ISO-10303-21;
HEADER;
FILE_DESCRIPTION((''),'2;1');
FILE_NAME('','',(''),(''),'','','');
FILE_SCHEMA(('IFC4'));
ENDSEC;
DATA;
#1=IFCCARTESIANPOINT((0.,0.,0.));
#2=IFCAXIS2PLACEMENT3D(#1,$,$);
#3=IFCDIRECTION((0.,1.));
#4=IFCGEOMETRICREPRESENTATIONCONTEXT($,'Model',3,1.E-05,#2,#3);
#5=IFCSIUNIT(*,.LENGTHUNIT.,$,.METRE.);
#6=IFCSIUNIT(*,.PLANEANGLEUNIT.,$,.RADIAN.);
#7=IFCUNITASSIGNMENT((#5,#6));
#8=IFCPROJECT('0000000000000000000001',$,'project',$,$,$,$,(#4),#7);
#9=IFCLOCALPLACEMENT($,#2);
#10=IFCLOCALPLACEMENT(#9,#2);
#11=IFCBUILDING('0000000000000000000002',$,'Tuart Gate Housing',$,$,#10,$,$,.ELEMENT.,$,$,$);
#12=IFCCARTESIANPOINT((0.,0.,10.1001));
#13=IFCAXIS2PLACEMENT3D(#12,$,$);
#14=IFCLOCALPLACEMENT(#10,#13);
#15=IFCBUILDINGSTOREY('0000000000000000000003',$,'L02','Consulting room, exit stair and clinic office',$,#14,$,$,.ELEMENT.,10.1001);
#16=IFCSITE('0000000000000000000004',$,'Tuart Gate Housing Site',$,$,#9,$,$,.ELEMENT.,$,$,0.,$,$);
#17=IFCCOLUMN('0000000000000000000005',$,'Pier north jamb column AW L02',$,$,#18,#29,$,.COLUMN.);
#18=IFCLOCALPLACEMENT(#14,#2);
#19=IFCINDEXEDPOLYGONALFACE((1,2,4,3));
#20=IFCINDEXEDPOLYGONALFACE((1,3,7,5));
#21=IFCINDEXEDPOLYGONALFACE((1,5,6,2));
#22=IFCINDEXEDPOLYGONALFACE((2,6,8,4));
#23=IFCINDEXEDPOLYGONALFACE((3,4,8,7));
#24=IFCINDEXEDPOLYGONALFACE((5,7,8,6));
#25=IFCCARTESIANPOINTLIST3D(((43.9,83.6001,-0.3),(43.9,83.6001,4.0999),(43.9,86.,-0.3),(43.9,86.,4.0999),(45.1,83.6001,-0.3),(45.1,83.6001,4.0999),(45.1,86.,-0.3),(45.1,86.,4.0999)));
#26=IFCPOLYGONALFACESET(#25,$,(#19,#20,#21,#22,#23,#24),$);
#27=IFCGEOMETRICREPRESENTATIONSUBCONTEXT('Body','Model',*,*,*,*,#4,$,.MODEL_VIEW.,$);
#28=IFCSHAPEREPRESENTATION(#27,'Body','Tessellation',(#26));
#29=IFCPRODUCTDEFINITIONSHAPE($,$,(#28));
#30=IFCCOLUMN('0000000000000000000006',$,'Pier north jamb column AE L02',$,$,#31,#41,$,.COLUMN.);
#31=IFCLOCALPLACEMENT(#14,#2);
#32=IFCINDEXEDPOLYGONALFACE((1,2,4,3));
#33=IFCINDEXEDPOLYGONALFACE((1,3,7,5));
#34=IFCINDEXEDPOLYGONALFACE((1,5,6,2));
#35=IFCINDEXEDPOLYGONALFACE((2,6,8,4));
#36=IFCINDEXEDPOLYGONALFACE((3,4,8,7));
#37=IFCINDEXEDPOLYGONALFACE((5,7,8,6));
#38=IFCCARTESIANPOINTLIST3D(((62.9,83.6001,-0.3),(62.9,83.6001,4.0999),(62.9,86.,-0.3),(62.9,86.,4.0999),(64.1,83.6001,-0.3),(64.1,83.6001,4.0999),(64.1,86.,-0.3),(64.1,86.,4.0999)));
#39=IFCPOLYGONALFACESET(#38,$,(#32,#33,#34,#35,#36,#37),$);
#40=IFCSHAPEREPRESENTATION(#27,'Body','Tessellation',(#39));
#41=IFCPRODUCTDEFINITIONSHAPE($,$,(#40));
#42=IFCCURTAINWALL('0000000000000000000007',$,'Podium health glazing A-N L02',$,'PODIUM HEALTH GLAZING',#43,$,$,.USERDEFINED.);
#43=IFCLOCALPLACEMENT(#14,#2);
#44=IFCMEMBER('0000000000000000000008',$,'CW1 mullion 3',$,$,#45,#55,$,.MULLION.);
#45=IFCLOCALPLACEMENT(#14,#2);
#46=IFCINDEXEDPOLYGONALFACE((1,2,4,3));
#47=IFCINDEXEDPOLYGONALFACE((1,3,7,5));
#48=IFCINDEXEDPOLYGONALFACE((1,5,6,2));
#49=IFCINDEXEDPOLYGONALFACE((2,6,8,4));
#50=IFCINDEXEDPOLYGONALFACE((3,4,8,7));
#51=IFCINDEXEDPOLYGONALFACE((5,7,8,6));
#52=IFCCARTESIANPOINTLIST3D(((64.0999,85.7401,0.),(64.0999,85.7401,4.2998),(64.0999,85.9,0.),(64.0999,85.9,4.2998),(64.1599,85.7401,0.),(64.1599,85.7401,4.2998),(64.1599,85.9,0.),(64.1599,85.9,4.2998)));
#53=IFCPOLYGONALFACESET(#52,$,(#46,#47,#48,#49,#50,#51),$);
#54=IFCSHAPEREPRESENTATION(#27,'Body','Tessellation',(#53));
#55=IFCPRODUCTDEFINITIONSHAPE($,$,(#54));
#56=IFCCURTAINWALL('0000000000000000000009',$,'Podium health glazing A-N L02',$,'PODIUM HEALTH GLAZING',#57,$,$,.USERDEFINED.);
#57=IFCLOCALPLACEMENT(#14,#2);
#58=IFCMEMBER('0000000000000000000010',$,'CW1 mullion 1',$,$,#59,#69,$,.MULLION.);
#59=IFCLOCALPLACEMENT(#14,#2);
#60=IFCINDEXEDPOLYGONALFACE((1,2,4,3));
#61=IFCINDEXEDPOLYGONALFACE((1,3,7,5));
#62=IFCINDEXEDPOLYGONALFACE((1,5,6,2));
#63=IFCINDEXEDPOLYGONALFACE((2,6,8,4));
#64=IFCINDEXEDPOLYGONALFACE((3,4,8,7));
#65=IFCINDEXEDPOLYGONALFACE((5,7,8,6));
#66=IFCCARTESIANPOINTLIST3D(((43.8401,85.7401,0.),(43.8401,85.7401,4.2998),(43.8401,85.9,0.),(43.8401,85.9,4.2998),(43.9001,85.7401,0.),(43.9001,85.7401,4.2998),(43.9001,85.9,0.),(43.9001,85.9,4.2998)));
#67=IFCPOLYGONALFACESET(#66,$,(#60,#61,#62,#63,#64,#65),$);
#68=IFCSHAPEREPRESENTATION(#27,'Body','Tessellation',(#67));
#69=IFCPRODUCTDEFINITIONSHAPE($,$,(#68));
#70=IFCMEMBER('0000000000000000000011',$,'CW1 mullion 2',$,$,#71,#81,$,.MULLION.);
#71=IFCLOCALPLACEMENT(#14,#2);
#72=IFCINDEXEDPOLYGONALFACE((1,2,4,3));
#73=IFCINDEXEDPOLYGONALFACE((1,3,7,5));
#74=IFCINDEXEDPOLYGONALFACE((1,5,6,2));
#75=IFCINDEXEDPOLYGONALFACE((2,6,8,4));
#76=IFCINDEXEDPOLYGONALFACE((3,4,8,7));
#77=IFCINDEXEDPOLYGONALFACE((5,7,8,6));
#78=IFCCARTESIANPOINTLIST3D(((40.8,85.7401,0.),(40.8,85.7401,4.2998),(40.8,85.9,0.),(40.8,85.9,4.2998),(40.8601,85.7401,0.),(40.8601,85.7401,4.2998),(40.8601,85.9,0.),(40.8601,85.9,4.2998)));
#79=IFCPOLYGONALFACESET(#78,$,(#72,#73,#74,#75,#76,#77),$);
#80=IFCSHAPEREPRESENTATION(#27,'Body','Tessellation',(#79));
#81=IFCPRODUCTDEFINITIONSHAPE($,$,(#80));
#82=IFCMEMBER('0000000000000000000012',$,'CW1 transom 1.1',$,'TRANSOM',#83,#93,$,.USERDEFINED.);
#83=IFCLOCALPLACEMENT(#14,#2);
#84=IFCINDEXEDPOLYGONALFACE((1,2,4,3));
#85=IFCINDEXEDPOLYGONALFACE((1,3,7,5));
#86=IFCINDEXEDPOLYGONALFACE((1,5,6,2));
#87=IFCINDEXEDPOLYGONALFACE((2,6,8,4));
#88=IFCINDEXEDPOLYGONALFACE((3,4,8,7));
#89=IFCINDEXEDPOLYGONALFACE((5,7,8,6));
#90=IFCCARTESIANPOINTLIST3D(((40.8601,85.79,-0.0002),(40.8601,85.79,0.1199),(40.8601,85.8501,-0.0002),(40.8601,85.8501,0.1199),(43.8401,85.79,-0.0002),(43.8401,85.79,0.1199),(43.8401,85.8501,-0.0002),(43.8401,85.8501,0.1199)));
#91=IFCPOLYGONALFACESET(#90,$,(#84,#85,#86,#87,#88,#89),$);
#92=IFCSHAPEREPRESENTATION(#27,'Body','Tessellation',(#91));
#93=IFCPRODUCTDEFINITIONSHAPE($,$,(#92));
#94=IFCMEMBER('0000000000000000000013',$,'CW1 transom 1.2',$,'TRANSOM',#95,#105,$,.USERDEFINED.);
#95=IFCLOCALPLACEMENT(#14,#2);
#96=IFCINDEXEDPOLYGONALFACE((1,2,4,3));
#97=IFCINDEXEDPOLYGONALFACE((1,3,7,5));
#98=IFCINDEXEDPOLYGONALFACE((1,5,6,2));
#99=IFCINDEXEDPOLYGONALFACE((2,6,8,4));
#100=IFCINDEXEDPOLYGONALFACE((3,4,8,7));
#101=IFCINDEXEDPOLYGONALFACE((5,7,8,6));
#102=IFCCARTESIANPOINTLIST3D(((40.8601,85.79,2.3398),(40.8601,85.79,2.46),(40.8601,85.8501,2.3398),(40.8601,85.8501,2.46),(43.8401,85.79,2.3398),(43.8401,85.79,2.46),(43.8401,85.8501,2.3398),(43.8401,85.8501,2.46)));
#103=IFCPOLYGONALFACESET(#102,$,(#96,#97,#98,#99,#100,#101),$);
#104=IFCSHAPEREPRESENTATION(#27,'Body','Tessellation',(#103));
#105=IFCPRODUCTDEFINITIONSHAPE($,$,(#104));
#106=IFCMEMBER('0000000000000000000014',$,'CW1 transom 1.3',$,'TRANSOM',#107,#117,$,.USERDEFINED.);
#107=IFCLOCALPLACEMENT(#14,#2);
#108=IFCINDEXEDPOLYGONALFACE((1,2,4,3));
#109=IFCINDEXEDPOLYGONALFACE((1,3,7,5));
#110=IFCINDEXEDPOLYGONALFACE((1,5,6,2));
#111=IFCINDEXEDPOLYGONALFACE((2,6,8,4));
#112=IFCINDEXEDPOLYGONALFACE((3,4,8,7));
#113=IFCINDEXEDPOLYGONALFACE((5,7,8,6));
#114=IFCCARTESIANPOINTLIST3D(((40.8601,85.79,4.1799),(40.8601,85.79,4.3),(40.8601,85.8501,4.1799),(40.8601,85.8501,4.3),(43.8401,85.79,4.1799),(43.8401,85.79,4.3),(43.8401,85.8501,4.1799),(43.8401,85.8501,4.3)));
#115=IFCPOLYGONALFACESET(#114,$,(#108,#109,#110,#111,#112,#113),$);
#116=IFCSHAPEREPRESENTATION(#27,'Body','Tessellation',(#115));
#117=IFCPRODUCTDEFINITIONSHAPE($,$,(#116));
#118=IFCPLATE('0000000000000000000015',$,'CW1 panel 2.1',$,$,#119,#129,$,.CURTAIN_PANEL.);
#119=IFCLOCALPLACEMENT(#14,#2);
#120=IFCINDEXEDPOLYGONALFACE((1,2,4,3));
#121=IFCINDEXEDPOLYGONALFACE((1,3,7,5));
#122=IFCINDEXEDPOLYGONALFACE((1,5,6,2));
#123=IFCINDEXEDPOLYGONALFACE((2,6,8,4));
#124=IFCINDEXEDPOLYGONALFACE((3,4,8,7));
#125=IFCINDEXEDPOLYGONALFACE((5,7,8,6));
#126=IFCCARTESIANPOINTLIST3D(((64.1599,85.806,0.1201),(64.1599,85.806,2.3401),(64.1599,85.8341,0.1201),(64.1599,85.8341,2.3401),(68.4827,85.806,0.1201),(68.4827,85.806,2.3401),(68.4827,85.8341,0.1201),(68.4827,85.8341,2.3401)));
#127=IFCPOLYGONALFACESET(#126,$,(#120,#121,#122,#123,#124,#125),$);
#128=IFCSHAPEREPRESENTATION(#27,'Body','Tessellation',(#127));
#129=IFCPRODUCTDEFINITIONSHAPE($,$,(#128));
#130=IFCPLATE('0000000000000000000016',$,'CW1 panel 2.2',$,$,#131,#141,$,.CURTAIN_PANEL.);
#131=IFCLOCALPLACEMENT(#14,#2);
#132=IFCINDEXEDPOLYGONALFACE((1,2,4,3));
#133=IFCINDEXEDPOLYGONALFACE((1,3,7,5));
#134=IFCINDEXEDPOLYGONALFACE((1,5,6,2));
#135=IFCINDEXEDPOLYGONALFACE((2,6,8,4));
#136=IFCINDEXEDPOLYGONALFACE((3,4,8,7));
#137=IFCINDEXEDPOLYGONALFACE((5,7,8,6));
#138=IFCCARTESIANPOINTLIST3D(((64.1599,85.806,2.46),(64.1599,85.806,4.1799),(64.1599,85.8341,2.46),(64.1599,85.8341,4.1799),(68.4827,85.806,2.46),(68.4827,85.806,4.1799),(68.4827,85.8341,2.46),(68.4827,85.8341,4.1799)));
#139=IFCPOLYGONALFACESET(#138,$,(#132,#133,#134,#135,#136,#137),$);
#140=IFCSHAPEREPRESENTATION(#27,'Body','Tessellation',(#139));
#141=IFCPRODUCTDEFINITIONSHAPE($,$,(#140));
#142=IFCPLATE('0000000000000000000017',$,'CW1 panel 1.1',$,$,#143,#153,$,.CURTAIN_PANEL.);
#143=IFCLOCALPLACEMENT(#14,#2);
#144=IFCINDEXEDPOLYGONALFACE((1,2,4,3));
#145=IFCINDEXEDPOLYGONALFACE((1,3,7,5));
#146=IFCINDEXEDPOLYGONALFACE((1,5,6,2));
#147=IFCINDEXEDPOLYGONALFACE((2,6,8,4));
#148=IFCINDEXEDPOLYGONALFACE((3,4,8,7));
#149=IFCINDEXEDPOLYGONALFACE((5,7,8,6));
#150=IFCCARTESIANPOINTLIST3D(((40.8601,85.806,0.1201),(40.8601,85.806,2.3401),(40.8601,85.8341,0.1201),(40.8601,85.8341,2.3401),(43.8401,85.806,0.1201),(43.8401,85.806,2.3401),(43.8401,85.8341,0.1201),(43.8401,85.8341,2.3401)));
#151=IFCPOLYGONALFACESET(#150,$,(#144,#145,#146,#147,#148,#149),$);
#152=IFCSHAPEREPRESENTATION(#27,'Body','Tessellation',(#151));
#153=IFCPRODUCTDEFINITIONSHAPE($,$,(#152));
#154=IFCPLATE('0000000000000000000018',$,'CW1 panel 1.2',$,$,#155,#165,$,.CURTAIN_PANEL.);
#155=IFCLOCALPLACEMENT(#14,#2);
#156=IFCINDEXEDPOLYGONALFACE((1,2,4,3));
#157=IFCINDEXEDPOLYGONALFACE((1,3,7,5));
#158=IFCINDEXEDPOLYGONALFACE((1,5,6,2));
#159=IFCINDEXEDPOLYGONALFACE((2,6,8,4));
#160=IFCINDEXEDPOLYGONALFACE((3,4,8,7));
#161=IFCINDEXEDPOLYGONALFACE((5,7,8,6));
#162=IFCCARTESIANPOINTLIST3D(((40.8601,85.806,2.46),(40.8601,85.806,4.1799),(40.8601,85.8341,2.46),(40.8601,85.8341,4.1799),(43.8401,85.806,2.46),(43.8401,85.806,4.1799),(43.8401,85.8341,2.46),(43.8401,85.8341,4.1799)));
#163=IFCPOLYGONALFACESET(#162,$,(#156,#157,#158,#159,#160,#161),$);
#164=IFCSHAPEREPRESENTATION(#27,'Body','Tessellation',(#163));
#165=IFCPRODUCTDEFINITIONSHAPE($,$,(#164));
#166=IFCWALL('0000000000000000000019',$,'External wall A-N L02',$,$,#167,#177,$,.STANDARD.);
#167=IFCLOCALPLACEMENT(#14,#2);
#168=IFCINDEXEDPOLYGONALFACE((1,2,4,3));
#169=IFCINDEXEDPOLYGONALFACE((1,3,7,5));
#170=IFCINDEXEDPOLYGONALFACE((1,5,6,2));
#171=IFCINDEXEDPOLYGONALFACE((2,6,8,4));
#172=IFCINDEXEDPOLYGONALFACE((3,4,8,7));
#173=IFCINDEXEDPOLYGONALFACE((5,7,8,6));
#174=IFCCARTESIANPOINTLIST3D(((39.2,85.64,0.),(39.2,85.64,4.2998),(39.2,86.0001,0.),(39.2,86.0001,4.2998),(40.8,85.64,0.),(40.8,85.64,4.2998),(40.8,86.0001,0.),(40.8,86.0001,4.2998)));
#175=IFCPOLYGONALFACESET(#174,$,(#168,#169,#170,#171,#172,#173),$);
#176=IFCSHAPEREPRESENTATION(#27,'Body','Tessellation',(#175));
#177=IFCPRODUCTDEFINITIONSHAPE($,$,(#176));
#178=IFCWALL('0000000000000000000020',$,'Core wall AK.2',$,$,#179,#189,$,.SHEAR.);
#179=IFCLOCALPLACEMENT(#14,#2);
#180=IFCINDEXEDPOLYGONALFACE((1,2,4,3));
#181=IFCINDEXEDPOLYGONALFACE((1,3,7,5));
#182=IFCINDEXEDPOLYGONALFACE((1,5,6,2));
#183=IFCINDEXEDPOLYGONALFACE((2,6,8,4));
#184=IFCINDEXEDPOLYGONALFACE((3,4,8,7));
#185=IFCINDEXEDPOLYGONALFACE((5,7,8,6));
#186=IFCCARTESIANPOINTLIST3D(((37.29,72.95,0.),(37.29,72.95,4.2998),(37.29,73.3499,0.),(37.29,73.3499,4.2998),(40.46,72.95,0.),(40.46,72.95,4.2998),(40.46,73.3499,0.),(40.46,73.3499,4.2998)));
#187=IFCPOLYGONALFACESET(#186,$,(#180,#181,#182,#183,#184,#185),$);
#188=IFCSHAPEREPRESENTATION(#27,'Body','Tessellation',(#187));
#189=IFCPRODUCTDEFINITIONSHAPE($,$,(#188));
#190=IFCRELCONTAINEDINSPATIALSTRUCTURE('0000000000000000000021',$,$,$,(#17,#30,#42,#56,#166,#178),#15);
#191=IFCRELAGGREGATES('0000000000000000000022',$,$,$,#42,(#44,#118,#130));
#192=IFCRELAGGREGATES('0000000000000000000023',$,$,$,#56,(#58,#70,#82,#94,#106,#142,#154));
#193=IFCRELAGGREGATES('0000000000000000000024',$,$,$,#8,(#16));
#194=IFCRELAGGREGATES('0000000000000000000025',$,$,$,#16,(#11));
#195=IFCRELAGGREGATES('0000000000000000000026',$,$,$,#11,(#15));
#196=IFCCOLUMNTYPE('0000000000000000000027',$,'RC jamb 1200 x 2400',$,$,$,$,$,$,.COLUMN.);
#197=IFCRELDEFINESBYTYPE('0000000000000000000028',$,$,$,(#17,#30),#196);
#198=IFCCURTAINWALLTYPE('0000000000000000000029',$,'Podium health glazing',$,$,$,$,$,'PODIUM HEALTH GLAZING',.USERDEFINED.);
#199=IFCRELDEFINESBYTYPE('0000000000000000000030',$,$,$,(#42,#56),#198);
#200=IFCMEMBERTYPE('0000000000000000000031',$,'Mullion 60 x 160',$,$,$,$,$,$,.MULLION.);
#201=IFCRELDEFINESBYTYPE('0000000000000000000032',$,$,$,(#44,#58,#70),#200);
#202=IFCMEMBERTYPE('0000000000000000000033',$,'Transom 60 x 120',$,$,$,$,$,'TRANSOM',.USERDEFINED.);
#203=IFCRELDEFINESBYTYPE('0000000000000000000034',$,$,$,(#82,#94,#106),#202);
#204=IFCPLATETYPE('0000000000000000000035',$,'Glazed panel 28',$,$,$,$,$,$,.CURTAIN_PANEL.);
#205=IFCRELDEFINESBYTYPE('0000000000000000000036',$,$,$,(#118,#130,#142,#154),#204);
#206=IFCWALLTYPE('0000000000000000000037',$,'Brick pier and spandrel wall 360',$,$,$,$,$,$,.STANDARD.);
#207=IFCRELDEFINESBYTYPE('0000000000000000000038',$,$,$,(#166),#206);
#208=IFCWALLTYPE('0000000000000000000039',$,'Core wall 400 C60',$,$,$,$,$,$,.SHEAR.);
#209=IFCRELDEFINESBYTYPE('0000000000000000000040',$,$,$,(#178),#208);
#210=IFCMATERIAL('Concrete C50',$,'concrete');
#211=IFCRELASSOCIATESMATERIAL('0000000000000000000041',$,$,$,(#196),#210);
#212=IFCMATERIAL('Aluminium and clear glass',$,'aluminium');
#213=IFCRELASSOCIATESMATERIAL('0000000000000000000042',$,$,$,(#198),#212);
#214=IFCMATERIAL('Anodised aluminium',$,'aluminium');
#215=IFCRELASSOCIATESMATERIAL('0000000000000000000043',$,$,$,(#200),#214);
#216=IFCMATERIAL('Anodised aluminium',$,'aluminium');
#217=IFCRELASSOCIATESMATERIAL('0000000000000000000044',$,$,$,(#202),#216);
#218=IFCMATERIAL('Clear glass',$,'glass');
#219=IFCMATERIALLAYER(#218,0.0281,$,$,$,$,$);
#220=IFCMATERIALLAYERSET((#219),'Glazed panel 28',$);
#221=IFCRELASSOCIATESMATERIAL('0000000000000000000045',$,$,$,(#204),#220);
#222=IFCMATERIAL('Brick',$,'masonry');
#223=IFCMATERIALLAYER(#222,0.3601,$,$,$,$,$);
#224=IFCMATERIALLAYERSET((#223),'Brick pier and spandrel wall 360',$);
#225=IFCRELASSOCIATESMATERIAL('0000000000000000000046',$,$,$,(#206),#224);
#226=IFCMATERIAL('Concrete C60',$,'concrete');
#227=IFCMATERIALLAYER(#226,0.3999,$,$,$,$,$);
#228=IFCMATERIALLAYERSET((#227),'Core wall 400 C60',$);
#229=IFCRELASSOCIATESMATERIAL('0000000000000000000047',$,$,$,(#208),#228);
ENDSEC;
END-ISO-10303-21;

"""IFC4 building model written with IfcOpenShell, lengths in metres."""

from ifc_helpers import new_model, si_unit, direction, frame, frame_2d, origin, origin_2d, place, context, subcontext, project, spatial, rectangle, extrude, material, layer, layer_set, material_profile, profile_set, type_object, element, aggregate, save


model = new_model("IFC4")

# Units and contexts
model_context = context("Model", 3, precision=1e-05, world=origin(), true_north=direction((0.0, 1.0)))
body_context = subcontext(model_context, "Body", "Model", "MODEL_VIEW")
ifc_project = project(units=[si_unit("LENGTHUNIT", "METRE"), si_unit("PLANEANGLEUNIT", "RADIAN")], contexts=[model_context])

# Site, building, storey
site_placement = place(None, origin())
site = spatial("IfcSite", under=ifc_project, at=site_placement, Name="Tuart Gate Housing Site", CompositionType="ELEMENT", RefElevation=0.0)
building_placement = place(site_placement, origin())
building = spatial("IfcBuilding", under=site, at=building_placement, Name="Tuart Gate Housing", CompositionType="ELEMENT")
storey_placement = place(building_placement, frame((0.0, 0.0, 10.1001)))
storey = spatial("IfcBuildingStorey", under=building, at=storey_placement, Name="L02", Description="Consulting room, exit stair and clinic office", CompositionType="ELEMENT", Elevation=10.1001)

# Columns
ifc_material_1 = material(Name="Concrete C50", Category="concrete")
ifc_material_profile_1 = material_profile(ifc_material_1, rectangle(XDim=1.2, YDim=2.3999, at=origin_2d()), Name="RC jamb 1200 x 2400")
ifc_profile_set_1 = profile_set([ifc_material_profile_1], Name="Concrete C50")
column_type = type_object("IfcColumnType", Name="RC jamb 1200 x 2400", PredefinedType="COLUMN", material=ifc_profile_set_1)
for number, where, z_axis, x_axis, name in (
    (1, (44.5, 84.8, -0.3), (0.0, 0.0, 1.0), (1.0, 0.0, 0.0), "Pier north jamb column AW L02"),
    (2, (63.5, 84.8, -0.3), (0.0, 0.0, 1.0), (1.0, 0.0, 0.0), "Pier north jamb column AE L02"),
):
    element("IfcColumn", number, at=place(storey_placement, frame(where, z_axis=z_axis, x_axis=x_axis)), inside=storey, type_object=column_type, Name=name, PredefinedType="COLUMN", context=body_context, shape_type="SweptSolid", body=[
        extrude(rectangle(XDim=1.2, YDim=2.3999, at=origin_2d()), origin(), (0.0, 0.0, 1.0), 4.3999),
    ])

# Curtain wall, member
ifc_material_2 = material(Name="Aluminium and clear glass", Category="aluminium")
curtain_wall_type = type_object("IfcCurtainWallType", Name="Podium health glazing", ElementType="PODIUM HEALTH GLAZING", PredefinedType="USERDEFINED", material=ifc_material_2)
curtain_wall_1_placement = place(storey_placement, origin())
curtain_wall_1 = element("IfcCurtainWall", 3, at=curtain_wall_1_placement, inside=storey, type_object=curtain_wall_type, Name="Podium health glazing A-N L02", ObjectType="PODIUM HEALTH GLAZING", PredefinedType="USERDEFINED")
ifc_material_3 = material(Name="Anodised aluminium", Category="aluminium")
ifc_material_profile_2 = material_profile(ifc_material_3, rectangle(XDim=0.0601, YDim=0.1599, at=origin_2d()), Name="60x160")
ifc_profile_set_2 = profile_set([ifc_material_profile_2], Name="Anodised aluminium")
member_type_1 = type_object("IfcMemberType", Name="Mullion 60 x 160", PredefinedType="MULLION", material=ifc_profile_set_2)
member_1_placement = place(storey_placement, frame((64.1299, 85.8201, 0.0), z_axis=(0.0, 0.0, 1.0), x_axis=(-1.0, 0.0, 0.0)))
member_1 = element("IfcMember", 4, at=member_1_placement, type_object=member_type_1, Name="CW1 mullion 3", PredefinedType="MULLION", context=body_context, shape_type="SweptSolid", body=[
    extrude(rectangle(XDim=0.0601, YDim=0.1599, at=origin_2d()), origin(), (0.0, 0.0, 1.0), 4.2998),
])

# Curtain wall, members
curtain_wall_2_placement = place(storey_placement, origin())
curtain_wall_2 = element("IfcCurtainWall", 5, at=curtain_wall_2_placement, inside=storey, type_object=curtain_wall_type, Name="Podium health glazing A-N L02", ObjectType="PODIUM HEALTH GLAZING", PredefinedType="USERDEFINED")
member_2_placement = place(storey_placement, frame((43.8701, 85.8201, 0.0), z_axis=(0.0, 0.0, 1.0), x_axis=(-1.0, 0.0, 0.0)))
member_2 = element("IfcMember", 6, at=member_2_placement, type_object=member_type_1, Name="CW1 mullion 1", PredefinedType="MULLION", context=body_context, shape_type="SweptSolid", body=[
    extrude(rectangle(XDim=0.0601, YDim=0.1599, at=origin_2d()), origin(), (0.0, 0.0, 1.0), 4.2998),
])
member_3_placement = place(storey_placement, frame((40.8301, 85.8201, 0.0), z_axis=(0.0, 0.0, 1.0), x_axis=(-1.0, 0.0, 0.0)))
member_3 = element("IfcMember", 7, at=member_3_placement, type_object=member_type_1, Name="CW1 mullion 2", PredefinedType="MULLION", context=body_context, shape_type="SweptSolid", body=[
    extrude(rectangle(XDim=0.0601, YDim=0.1599, at=origin_2d()), origin(), (0.0, 0.0, 1.0), 4.2998),
])
ifc_material_4 = material(Name="Anodised aluminium", Category="aluminium")
ifc_material_profile_3 = material_profile(ifc_material_4, rectangle(XDim=0.0601, YDim=0.1201, at=origin_2d()), Name="60x120")
ifc_profile_set_3 = profile_set([ifc_material_profile_3], Name="Anodised aluminium")
member_type_2 = type_object("IfcMemberType", Name="Transom 60 x 120", ElementType="TRANSOM", PredefinedType="USERDEFINED", material=ifc_profile_set_3)
member_4_placement = place(storey_placement, frame((43.8401, 85.8201, 0.0598), z_axis=(-1.0, 0.0, 0.0), x_axis=(0.0, -1.0, 0.0)))
member_4 = element("IfcMember", 8, at=member_4_placement, type_object=member_type_2, Name="CW1 transom 1.1", ObjectType="TRANSOM", PredefinedType="USERDEFINED", context=body_context, shape_type="SweptSolid", body=[
    extrude(rectangle(XDim=0.0601, YDim=0.1201, at=origin_2d()), origin(), (0.0, 0.0, 1.0), 2.98),
])
member_5_placement = place(storey_placement, frame((43.8401, 85.8201, 2.3999), z_axis=(-1.0, 0.0, 0.0), x_axis=(0.0, -1.0, 0.0)))
member_5 = element("IfcMember", 9, at=member_5_placement, type_object=member_type_2, Name="CW1 transom 1.2", ObjectType="TRANSOM", PredefinedType="USERDEFINED", context=body_context, shape_type="SweptSolid", body=[
    extrude(rectangle(XDim=0.0601, YDim=0.1201, at=origin_2d()), origin(), (0.0, 0.0, 1.0), 2.98),
])
member_6_placement = place(storey_placement, frame((43.8401, 85.8201, 4.24), z_axis=(-1.0, 0.0, 0.0), x_axis=(0.0, -1.0, 0.0)))
member_6 = element("IfcMember", 10, at=member_6_placement, type_object=member_type_2, Name="CW1 transom 1.3", ObjectType="TRANSOM", PredefinedType="USERDEFINED", context=body_context, shape_type="SweptSolid", body=[
    extrude(rectangle(XDim=0.0601, YDim=0.1201, at=origin_2d()), origin(), (0.0, 0.0, 1.0), 2.98),
])

# Plates
ifc_material_5 = material(Name="Clear glass", Category="glass")
ifc_layer_1 = layer(ifc_material_5, 0.0281)
ifc_layer_set_1 = layer_set([ifc_layer_1], Name="Glazed panel 28")
plate_type = type_object("IfcPlateType", Name="Glazed panel 28", PredefinedType="CURTAIN_PANEL", material=ifc_layer_set_1)
plate_1_placement = place(storey_placement, frame((66.3213, 85.8201, 0.1201), z_axis=(0.0, 0.0, 1.0), x_axis=(-1.0, 0.0, 0.0)))
plate_1 = element("IfcPlate", 11, at=plate_1_placement, type_object=plate_type, Name="CW1 panel 2.1", PredefinedType="CURTAIN_PANEL", context=body_context, shape_type="SweptSolid", body=[
    extrude(rectangle(XDim=4.3228, YDim=0.0281, at=origin_2d()), origin(), (0.0, 0.0, 1.0), 2.22),
])
plate_2_placement = place(storey_placement, frame((66.3213, 85.8201, 2.46), z_axis=(0.0, 0.0, 1.0), x_axis=(-1.0, 0.0, 0.0)))
plate_2 = element("IfcPlate", 12, at=plate_2_placement, type_object=plate_type, Name="CW1 panel 2.2", PredefinedType="CURTAIN_PANEL", context=body_context, shape_type="SweptSolid", body=[
    extrude(rectangle(XDim=4.3228, YDim=0.0281, at=origin_2d()), origin(), (0.0, 0.0, 1.0), 1.72),
])
aggregate(curtain_wall_1, [member_1, plate_1, plate_2])
plate_3_placement = place(storey_placement, frame((42.3501, 85.8201, 0.1201), z_axis=(0.0, 0.0, 1.0), x_axis=(-1.0, 0.0, 0.0)))
plate_3 = element("IfcPlate", 13, at=plate_3_placement, type_object=plate_type, Name="CW1 panel 1.1", PredefinedType="CURTAIN_PANEL", context=body_context, shape_type="SweptSolid", body=[
    extrude(rectangle(XDim=2.98, YDim=0.0281, at=origin_2d()), origin(), (0.0, 0.0, 1.0), 2.22),
])
plate_4_placement = place(storey_placement, frame((42.3501, 85.8201, 2.46), z_axis=(0.0, 0.0, 1.0), x_axis=(-1.0, 0.0, 0.0)))
plate_4 = element("IfcPlate", 14, at=plate_4_placement, type_object=plate_type, Name="CW1 panel 1.2", PredefinedType="CURTAIN_PANEL", context=body_context, shape_type="SweptSolid", body=[
    extrude(rectangle(XDim=2.98, YDim=0.0281, at=origin_2d()), origin(), (0.0, 0.0, 1.0), 1.72),
])
aggregate(curtain_wall_2, [member_2, member_3, member_4, member_5, member_6, plate_3, plate_4])

# Walls
ifc_material_6 = material(Name="Brick", Category="masonry")
ifc_layer_2 = layer(ifc_material_6, 0.3601)
ifc_layer_set_2 = layer_set([ifc_layer_2], Name="Brick pier and spandrel wall 360")
wall_type_1 = type_object("IfcWallType", Name="Brick pier and spandrel wall 360", PredefinedType="STANDARD", material=ifc_layer_set_2)
wall_1_placement = place(storey_placement, frame((40.8, 85.8201, 0.0), z_axis=(0.0, 0.0, 1.0), x_axis=(-1.0, 0.0, 0.0)))
element("IfcWall", 15, at=wall_1_placement, inside=storey, type_object=wall_type_1, Name="External wall A-N L02", PredefinedType="STANDARD", context=body_context, shape_type="SweptSolid", body=[
    extrude(rectangle(XDim=1.6001, YDim=0.3601, at=frame_2d((0.8, 0.0))), origin(), (0.0, 0.0, 1.0), 4.2998),
])
ifc_material_7 = material(Name="Concrete C60", Category="concrete")
ifc_layer_3 = layer(ifc_material_7, 0.3999)
ifc_layer_set_3 = layer_set([ifc_layer_3], Name="Core wall 400 C60")
wall_type_2 = type_object("IfcWallType", Name="Core wall 400 C60", PredefinedType="SHEAR", material=ifc_layer_set_3)
wall_2_placement = place(storey_placement, frame((40.46, 73.1499, 0.0), z_axis=(0.0, 0.0, 1.0), x_axis=(-1.0, 0.0, 0.0)))
element("IfcWall", 16, at=wall_2_placement, inside=storey, type_object=wall_type_2, Name="Core wall AK.2", PredefinedType="SHEAR", context=body_context, shape_type="SweptSolid", body=[
    extrude(rectangle(XDim=3.1699, YDim=0.3999, at=frame_2d((1.585, 0.0))), origin(), (0.0, 0.0, 1.0), 4.2998),
])

save(model, "model.ifc")
